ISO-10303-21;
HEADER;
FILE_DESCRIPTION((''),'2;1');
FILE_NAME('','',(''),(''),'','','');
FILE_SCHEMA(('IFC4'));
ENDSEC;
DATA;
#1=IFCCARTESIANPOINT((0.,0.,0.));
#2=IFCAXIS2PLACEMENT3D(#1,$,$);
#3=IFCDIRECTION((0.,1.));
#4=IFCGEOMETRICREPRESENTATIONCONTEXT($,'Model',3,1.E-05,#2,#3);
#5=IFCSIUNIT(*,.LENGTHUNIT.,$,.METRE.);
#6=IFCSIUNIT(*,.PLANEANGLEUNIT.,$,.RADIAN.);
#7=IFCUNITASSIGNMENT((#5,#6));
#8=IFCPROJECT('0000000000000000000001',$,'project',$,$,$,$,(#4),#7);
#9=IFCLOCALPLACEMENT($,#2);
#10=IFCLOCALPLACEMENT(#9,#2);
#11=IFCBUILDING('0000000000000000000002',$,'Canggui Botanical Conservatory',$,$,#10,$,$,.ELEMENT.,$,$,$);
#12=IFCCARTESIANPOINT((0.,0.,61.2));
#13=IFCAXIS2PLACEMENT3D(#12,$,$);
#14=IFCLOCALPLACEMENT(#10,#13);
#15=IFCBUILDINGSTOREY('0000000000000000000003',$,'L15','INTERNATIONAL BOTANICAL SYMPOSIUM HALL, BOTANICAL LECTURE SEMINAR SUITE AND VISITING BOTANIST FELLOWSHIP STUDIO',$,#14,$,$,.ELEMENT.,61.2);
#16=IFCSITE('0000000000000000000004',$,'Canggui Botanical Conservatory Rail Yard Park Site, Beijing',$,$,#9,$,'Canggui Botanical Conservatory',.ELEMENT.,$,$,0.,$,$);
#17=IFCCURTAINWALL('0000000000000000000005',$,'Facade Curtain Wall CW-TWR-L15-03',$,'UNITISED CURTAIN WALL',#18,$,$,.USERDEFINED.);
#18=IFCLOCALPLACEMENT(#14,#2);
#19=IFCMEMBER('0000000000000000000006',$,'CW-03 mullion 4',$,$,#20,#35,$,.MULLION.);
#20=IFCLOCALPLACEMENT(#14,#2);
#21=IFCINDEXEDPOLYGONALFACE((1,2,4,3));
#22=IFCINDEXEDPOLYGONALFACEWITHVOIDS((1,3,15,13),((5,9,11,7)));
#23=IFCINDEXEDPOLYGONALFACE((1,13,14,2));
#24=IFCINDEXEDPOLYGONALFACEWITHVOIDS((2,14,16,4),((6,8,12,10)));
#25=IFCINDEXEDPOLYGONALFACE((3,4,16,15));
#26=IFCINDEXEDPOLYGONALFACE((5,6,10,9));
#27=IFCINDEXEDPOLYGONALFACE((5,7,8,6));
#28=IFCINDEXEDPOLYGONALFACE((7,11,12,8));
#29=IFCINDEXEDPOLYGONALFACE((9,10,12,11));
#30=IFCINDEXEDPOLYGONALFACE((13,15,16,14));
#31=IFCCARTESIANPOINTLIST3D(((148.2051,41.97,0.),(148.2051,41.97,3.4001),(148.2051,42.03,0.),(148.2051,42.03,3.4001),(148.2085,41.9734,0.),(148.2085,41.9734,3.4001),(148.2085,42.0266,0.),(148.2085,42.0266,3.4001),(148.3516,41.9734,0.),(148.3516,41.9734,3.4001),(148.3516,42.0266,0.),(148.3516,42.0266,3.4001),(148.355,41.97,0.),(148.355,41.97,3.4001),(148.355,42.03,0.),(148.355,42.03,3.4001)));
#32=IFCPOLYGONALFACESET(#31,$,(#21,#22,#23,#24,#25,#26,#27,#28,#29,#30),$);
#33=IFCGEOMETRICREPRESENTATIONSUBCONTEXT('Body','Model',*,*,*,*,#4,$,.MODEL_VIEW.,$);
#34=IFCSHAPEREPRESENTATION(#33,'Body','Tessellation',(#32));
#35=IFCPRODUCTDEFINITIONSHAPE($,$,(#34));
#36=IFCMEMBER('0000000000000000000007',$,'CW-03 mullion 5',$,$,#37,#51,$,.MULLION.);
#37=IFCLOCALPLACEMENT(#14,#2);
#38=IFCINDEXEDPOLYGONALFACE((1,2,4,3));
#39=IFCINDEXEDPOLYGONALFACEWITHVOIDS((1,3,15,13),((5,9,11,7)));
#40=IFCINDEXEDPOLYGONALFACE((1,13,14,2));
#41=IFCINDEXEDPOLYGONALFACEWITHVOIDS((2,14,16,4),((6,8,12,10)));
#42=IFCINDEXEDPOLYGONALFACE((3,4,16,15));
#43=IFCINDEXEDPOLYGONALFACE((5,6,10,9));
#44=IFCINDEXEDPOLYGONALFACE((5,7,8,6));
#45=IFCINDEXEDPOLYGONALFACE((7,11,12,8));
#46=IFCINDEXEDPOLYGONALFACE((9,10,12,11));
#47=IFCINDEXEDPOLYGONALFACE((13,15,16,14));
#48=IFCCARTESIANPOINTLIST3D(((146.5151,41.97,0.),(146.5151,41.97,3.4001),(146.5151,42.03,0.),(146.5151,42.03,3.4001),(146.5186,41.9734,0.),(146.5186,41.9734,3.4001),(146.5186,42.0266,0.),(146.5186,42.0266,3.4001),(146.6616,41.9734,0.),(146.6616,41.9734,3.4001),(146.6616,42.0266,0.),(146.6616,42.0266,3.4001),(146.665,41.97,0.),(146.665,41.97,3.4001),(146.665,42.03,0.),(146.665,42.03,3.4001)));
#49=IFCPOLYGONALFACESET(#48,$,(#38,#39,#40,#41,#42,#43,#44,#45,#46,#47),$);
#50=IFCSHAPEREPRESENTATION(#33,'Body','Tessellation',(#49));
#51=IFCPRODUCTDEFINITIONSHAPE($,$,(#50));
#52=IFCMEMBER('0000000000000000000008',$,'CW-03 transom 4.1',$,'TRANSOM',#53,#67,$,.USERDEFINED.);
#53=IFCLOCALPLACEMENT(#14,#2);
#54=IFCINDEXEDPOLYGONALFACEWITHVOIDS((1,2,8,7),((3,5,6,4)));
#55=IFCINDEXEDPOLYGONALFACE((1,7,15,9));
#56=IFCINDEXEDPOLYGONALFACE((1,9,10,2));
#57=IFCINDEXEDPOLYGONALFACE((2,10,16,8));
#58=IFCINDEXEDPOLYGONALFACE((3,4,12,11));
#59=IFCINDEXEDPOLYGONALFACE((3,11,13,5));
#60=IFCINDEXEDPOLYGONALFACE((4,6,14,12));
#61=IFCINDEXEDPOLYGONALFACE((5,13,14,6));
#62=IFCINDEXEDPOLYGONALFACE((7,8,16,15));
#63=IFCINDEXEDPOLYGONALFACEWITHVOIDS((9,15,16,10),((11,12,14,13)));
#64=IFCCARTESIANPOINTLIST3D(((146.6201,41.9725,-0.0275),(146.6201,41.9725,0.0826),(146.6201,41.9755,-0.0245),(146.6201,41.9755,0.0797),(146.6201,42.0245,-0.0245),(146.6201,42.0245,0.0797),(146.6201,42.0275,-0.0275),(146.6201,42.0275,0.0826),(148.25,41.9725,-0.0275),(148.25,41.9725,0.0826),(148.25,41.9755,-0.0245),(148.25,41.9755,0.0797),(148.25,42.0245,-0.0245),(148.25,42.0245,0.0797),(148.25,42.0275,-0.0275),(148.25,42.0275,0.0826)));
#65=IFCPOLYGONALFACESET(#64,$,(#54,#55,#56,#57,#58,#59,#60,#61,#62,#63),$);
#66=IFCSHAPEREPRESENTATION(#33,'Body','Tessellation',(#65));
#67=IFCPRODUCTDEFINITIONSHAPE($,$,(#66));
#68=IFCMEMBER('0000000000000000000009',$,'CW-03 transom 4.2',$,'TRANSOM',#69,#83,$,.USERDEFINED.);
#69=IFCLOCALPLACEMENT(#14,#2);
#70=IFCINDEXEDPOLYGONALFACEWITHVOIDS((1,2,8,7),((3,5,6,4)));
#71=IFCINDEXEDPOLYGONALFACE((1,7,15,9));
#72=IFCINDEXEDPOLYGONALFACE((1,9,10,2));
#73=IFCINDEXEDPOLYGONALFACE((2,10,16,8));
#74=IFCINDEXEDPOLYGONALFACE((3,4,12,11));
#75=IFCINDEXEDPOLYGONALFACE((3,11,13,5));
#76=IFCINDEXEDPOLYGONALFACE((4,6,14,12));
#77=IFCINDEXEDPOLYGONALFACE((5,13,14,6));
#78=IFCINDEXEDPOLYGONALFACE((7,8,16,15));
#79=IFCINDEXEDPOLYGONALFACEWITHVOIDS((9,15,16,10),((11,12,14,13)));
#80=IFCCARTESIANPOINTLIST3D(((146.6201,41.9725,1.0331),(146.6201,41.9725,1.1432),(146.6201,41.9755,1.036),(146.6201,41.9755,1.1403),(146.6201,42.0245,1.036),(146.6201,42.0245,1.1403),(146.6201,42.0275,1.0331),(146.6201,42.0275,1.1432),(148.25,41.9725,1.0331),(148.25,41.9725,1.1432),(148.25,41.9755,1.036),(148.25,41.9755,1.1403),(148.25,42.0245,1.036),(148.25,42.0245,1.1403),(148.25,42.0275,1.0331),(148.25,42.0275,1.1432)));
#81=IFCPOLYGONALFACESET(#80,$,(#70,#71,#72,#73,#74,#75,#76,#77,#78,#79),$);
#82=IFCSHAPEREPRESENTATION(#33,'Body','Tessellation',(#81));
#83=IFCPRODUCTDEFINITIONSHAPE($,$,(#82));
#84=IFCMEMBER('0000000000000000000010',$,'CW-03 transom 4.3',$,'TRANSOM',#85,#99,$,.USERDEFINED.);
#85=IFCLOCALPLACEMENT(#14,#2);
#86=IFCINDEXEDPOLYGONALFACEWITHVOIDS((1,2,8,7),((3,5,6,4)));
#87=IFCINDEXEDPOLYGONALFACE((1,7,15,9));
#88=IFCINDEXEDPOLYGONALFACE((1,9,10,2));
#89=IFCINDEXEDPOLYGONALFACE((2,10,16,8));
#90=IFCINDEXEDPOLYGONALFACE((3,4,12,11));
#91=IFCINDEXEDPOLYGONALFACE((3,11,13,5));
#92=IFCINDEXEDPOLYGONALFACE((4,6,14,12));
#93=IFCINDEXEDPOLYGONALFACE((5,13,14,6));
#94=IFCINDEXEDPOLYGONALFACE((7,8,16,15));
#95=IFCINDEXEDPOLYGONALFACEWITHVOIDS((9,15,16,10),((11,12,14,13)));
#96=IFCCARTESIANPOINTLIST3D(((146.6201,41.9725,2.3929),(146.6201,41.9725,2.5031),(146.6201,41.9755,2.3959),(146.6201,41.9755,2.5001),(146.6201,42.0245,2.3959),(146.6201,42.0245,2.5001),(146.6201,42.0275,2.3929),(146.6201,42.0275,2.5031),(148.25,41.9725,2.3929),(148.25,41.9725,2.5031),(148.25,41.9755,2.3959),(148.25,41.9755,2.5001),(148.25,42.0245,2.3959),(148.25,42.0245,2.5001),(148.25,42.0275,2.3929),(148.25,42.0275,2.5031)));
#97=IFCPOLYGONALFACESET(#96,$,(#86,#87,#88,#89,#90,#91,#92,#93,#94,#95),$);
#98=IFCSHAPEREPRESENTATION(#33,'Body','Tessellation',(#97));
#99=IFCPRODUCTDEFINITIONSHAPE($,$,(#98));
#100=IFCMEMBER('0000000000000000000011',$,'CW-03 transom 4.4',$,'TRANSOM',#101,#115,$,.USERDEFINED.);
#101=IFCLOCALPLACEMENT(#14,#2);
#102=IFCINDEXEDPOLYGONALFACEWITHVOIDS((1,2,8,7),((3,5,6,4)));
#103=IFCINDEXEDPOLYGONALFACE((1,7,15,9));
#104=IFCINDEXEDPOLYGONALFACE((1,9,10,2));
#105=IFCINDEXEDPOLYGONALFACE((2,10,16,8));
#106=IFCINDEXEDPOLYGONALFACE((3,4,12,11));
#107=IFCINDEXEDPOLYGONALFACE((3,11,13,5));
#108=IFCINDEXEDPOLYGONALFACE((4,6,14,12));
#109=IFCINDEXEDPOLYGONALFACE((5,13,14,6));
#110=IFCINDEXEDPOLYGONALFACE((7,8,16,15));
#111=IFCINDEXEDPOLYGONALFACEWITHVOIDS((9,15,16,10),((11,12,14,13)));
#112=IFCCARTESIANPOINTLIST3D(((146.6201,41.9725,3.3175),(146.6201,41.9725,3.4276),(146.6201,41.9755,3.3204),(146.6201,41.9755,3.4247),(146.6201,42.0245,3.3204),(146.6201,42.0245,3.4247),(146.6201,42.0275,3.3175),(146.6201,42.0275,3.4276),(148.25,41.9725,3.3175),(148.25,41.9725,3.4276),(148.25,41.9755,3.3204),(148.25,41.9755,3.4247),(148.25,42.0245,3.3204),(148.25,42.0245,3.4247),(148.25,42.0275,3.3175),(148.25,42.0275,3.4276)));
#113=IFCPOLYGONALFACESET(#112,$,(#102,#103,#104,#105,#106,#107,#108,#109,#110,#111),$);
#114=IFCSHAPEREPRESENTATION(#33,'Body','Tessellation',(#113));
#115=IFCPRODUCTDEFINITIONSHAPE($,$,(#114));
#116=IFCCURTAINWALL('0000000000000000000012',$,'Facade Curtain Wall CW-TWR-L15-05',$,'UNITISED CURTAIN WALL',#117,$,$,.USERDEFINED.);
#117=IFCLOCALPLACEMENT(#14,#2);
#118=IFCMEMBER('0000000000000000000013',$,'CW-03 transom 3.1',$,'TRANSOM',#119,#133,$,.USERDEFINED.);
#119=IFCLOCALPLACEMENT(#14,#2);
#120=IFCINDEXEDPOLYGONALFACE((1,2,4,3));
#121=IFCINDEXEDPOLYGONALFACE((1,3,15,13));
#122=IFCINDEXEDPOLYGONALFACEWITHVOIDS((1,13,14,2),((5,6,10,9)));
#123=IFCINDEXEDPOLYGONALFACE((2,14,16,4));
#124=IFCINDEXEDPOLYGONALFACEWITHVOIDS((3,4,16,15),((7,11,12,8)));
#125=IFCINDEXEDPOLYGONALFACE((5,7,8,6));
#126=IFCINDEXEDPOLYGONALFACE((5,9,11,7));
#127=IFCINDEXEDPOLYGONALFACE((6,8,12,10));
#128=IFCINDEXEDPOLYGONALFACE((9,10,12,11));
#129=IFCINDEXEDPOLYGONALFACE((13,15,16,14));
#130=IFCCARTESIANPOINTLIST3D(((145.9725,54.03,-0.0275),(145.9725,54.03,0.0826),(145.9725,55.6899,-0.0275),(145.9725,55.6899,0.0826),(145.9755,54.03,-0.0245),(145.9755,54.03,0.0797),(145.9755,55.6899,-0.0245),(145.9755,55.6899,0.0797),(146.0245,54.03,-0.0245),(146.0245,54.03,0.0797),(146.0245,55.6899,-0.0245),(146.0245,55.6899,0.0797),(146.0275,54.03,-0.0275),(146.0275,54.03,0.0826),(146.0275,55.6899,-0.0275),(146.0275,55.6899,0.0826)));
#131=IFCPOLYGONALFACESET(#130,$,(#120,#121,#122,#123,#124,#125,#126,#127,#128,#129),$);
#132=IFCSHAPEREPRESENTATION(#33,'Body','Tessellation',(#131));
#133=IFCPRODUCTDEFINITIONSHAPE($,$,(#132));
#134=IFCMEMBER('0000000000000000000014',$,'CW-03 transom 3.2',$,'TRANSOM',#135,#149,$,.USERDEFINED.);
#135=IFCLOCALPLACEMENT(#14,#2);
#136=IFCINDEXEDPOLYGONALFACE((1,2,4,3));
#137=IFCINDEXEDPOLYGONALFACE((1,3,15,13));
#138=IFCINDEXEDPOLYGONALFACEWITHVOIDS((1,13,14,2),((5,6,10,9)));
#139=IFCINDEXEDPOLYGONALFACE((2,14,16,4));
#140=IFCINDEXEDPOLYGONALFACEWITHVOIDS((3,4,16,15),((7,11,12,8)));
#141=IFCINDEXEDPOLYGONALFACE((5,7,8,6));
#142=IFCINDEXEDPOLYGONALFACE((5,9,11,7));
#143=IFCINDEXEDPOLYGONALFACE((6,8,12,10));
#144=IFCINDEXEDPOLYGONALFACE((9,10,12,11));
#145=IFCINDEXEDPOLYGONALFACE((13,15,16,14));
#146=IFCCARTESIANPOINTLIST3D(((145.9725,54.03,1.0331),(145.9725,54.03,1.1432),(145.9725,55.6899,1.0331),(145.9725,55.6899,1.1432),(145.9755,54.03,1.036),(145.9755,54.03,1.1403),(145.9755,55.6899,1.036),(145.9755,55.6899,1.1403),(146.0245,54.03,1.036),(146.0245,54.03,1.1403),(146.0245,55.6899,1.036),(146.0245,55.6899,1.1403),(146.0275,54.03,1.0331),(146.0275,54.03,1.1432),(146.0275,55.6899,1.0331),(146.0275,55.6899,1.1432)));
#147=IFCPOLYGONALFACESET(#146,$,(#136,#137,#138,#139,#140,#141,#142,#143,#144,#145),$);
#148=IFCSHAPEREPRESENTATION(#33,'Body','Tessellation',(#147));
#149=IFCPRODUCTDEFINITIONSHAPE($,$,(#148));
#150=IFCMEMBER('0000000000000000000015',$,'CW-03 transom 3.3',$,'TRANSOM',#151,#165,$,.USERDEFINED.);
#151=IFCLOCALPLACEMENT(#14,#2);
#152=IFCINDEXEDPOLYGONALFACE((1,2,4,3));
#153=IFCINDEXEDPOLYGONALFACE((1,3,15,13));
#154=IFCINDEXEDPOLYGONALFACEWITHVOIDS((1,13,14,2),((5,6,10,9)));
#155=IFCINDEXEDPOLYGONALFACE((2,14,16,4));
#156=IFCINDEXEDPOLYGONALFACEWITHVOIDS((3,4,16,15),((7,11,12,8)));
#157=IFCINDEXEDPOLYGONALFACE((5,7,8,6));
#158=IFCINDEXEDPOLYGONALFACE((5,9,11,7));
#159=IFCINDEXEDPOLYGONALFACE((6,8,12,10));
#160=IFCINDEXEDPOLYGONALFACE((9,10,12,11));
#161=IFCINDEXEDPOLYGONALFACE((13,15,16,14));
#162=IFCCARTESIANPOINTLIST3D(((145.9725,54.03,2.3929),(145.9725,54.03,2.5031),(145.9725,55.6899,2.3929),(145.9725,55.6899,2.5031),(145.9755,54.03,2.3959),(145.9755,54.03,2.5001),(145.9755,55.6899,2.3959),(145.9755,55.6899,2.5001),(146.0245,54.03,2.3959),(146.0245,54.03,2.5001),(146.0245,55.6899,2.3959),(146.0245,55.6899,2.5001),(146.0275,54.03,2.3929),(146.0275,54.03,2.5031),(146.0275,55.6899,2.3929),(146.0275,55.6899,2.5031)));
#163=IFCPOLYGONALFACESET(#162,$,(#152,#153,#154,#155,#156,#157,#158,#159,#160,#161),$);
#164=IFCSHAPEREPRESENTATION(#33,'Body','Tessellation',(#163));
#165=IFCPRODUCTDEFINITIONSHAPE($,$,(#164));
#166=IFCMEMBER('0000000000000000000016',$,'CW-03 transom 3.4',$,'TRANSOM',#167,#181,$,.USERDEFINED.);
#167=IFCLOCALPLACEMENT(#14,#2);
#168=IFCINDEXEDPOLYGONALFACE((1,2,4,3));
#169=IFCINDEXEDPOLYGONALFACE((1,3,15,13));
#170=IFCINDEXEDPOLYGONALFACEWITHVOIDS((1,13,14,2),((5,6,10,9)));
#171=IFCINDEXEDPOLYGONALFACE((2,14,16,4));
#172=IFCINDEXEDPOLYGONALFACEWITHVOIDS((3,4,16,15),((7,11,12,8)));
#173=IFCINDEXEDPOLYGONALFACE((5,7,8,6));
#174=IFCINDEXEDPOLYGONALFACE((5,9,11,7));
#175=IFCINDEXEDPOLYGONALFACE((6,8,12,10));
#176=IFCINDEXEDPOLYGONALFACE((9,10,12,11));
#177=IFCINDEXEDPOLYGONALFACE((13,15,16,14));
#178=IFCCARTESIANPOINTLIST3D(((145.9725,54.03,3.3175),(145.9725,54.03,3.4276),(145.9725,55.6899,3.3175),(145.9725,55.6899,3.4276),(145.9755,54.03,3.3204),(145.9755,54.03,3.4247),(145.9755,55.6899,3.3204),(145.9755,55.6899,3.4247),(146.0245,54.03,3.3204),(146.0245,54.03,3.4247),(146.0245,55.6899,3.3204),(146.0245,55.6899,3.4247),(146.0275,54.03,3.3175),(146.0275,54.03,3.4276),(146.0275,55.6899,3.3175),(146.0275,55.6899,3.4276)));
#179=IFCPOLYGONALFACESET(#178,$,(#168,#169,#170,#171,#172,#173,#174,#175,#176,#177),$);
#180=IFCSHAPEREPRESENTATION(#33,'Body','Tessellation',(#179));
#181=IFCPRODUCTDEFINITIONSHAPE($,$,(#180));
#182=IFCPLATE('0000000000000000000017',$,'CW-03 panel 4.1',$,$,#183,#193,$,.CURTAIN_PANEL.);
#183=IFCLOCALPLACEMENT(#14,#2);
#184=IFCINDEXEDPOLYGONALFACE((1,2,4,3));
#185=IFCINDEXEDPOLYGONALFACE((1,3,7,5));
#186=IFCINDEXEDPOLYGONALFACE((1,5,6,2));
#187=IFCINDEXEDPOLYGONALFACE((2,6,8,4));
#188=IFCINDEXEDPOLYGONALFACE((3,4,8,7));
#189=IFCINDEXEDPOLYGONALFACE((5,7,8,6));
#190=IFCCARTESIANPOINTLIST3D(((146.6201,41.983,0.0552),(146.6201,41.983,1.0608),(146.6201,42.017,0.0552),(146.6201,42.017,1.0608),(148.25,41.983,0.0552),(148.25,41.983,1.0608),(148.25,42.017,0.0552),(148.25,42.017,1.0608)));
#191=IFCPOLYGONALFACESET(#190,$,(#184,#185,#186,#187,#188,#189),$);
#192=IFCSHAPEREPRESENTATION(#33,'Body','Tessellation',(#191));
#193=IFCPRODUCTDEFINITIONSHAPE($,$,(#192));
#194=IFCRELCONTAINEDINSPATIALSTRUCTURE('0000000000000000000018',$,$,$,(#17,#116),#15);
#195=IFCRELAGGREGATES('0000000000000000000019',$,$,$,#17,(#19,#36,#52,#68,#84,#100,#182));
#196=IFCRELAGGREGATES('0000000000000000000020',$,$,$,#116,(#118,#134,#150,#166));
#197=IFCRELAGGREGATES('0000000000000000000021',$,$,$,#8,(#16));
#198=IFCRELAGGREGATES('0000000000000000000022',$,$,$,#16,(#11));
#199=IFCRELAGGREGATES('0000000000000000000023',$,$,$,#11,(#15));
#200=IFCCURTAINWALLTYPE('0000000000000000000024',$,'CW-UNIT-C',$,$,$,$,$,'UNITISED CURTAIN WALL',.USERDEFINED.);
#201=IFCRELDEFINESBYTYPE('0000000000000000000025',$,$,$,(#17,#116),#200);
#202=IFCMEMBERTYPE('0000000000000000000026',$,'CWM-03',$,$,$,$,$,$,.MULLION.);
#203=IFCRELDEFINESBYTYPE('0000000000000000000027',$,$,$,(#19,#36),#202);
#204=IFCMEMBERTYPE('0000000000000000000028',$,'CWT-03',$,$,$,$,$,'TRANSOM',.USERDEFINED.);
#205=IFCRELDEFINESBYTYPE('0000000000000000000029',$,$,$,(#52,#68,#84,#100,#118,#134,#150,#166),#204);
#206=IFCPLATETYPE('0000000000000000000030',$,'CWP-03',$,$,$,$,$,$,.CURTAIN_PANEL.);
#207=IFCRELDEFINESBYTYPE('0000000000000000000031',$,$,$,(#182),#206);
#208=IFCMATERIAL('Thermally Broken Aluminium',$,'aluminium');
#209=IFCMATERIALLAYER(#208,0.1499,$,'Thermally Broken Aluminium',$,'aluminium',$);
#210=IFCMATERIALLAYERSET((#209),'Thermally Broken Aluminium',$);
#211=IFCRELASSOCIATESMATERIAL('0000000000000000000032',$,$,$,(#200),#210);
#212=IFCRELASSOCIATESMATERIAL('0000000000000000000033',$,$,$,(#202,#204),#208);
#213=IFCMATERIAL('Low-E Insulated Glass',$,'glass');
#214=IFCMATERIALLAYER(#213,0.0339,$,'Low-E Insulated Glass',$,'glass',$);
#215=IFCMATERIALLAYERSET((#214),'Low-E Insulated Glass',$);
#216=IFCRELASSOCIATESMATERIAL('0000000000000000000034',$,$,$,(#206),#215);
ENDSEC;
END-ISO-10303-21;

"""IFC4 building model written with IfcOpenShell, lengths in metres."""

from ifc_helpers import new_model, si_unit, direction, frame, origin, origin_2d, place, context, subcontext, project, spatial, rectangle, hollow_rectangle, extrude, material, layer, layer_set, material_profile, profile_set, type_object, element, aggregate, save


model = new_model("IFC4")

# Units and contexts
model_context = context("Model", 3, precision=1e-05, world=origin(), true_north=direction((0.0, 1.0)))
body_context = subcontext(model_context, "Body", "Model", "MODEL_VIEW")
ifc_project = project(units=[si_unit("LENGTHUNIT", "METRE"), si_unit("PLANEANGLEUNIT", "RADIAN")], contexts=[model_context])

# Site, building, storey
site_placement = place(None, origin())
site = spatial("IfcSite", under=ifc_project, at=site_placement, Name="Canggui Botanical Conservatory Rail Yard Park Site, Beijing", LongName="Canggui Botanical Conservatory", CompositionType="ELEMENT", RefElevation=0.0)
building_placement = place(site_placement, origin())
building = spatial("IfcBuilding", under=site, at=building_placement, Name="Canggui Botanical Conservatory", CompositionType="ELEMENT")
storey_placement = place(building_placement, frame((0.0, 0.0, 61.2)))
storey = spatial("IfcBuildingStorey", under=building, at=storey_placement, Name="L15", Description="INTERNATIONAL BOTANICAL SYMPOSIUM HALL, BOTANICAL LECTURE SEMINAR SUITE AND VISITING BOTANIST FELLOWSHIP STUDIO", CompositionType="ELEMENT", Elevation=61.2)

# Curtain walls, members
ifc_material_1 = material(Name="Thermally Broken Aluminium", Category="aluminium")
ifc_layer_1 = layer(ifc_material_1, 0.1499, Name="Thermally Broken Aluminium", Category="aluminium")
ifc_layer_set_1 = layer_set([ifc_layer_1], Name="Thermally Broken Aluminium")
curtain_wall_type = type_object("IfcCurtainWallType", Name="CW-UNIT-C", ElementType="UNITISED CURTAIN WALL", PredefinedType="USERDEFINED", material=ifc_layer_set_1)
curtain_wall_1_placement = place(storey_placement, origin())
curtain_wall_1 = element("IfcCurtainWall", 1, at=curtain_wall_1_placement, inside=storey, type_object=curtain_wall_type, Name="Facade Curtain Wall CW-TWR-L15-03", ObjectType="UNITISED CURTAIN WALL", PredefinedType="USERDEFINED")
ifc_material_profile_1 = material_profile(ifc_material_1, hollow_rectangle(XDim=0.0601, YDim=0.1499, WallThickness=0.0034, at=origin_2d()), Name="CWM 60x150x3.5")
ifc_profile_set_1 = profile_set([ifc_material_profile_1], Name="Thermally Broken Aluminium")
member_type_1 = type_object("IfcMemberType", Name="CWM-03", PredefinedType="MULLION", material=ifc_profile_set_1)
member_1_placement = place(storey_placement, frame((148.28, 42.0, 0.0), z_axis=(0.0, 0.0, 1.0), x_axis=(0.0, -1.0, 0.0)))
member_1 = element("IfcMember", 2, at=member_1_placement, type_object=member_type_1, Name="CW-03 mullion 4", PredefinedType="MULLION", context=body_context, shape_type="SweptSolid", body=[
    extrude(hollow_rectangle(XDim=0.0601, YDim=0.1499, WallThickness=0.0034, at=origin_2d()), origin(), (0.0, 0.0, 1.0), 3.4001),
])
member_2_placement = place(storey_placement, frame((146.5901, 42.0, 0.0), z_axis=(0.0, 0.0, 1.0), x_axis=(0.0, -1.0, 0.0)))
member_2 = element("IfcMember", 3, at=member_2_placement, type_object=member_type_1, Name="CW-03 mullion 5", PredefinedType="MULLION", context=body_context, shape_type="SweptSolid", body=[
    extrude(hollow_rectangle(XDim=0.0601, YDim=0.1499, WallThickness=0.0034, at=origin_2d()), origin(), (0.0, 0.0, 1.0), 3.4001),
])
ifc_material_profile_2 = material_profile(ifc_material_1, hollow_rectangle(XDim=0.0549, YDim=0.1101, WallThickness=0.0029, at=origin_2d()), Name="CWT 55x110x3")
ifc_profile_set_2 = profile_set([ifc_material_profile_2], Name="Thermally Broken Aluminium")
member_type_2 = type_object("IfcMemberType", Name="CWT-03", ElementType="TRANSOM", PredefinedType="USERDEFINED", material=ifc_profile_set_2)
member_3_placement = place(storey_placement, frame((148.25, 42.0, 0.0276), z_axis=(-1.0, 0.0, 0.0), x_axis=(0.0, -1.0, 0.0)))
member_3 = element("IfcMember", 4, at=member_3_placement, type_object=member_type_2, Name="CW-03 transom 4.1", ObjectType="TRANSOM", PredefinedType="USERDEFINED", context=body_context, shape_type="SweptSolid", body=[
    extrude(hollow_rectangle(XDim=0.0549, YDim=0.1101, WallThickness=0.0029, at=origin_2d()), origin(), (0.0, 0.0, 1.0), 1.6299),
])
member_4_placement = place(storey_placement, frame((148.25, 42.0, 1.0881), z_axis=(-1.0, 0.0, 0.0), x_axis=(0.0, -1.0, 0.0)))
member_4 = element("IfcMember", 5, at=member_4_placement, type_object=member_type_2, Name="CW-03 transom 4.2", ObjectType="TRANSOM", PredefinedType="USERDEFINED", context=body_context, shape_type="SweptSolid", body=[
    extrude(hollow_rectangle(XDim=0.0549, YDim=0.1101, WallThickness=0.0029, at=origin_2d()), origin(), (0.0, 0.0, 1.0), 1.6299),
])
member_5_placement = place(storey_placement, frame((148.25, 42.0, 2.448), z_axis=(-1.0, 0.0, 0.0), x_axis=(0.0, -1.0, 0.0)))
member_5 = element("IfcMember", 6, at=member_5_placement, type_object=member_type_2, Name="CW-03 transom 4.3", ObjectType="TRANSOM", PredefinedType="USERDEFINED", context=body_context, shape_type="SweptSolid", body=[
    extrude(hollow_rectangle(XDim=0.0549, YDim=0.1101, WallThickness=0.0029, at=origin_2d()), origin(), (0.0, 0.0, 1.0), 1.6299),
])
member_6_placement = place(storey_placement, frame((148.25, 42.0, 3.3726), z_axis=(-1.0, 0.0, 0.0), x_axis=(0.0, -1.0, 0.0)))
member_6 = element("IfcMember", 7, at=member_6_placement, type_object=member_type_2, Name="CW-03 transom 4.4", ObjectType="TRANSOM", PredefinedType="USERDEFINED", context=body_context, shape_type="SweptSolid", body=[
    extrude(hollow_rectangle(XDim=0.0549, YDim=0.1101, WallThickness=0.0029, at=origin_2d()), origin(), (0.0, 0.0, 1.0), 1.6299),
])
curtain_wall_2_placement = place(storey_placement, origin())
curtain_wall_2 = element("IfcCurtainWall", 8, at=curtain_wall_2_placement, inside=storey, type_object=curtain_wall_type, Name="Facade Curtain Wall CW-TWR-L15-05", ObjectType="UNITISED CURTAIN WALL", PredefinedType="USERDEFINED")
member_7_placement = place(storey_placement, frame((146.0, 54.03, 0.0276), z_axis=(0.0, 1.0, 0.0), x_axis=(-1.0, 0.0, 0.0)))
member_7 = element("IfcMember", 9, at=member_7_placement, type_object=member_type_2, Name="CW-03 transom 3.1", ObjectType="TRANSOM", PredefinedType="USERDEFINED", context=body_context, shape_type="SweptSolid", body=[
    extrude(hollow_rectangle(XDim=0.0549, YDim=0.1101, WallThickness=0.0029, at=origin_2d()), origin(), (0.0, 0.0, 1.0), 1.6599),
])
member_8_placement = place(storey_placement, frame((146.0, 54.03, 1.0881), z_axis=(0.0, 1.0, 0.0), x_axis=(-1.0, 0.0, 0.0)))
member_8 = element("IfcMember", 10, at=member_8_placement, type_object=member_type_2, Name="CW-03 transom 3.2", ObjectType="TRANSOM", PredefinedType="USERDEFINED", context=body_context, shape_type="SweptSolid", body=[
    extrude(hollow_rectangle(XDim=0.0549, YDim=0.1101, WallThickness=0.0029, at=origin_2d()), origin(), (0.0, 0.0, 1.0), 1.6599),
])
member_9_placement = place(storey_placement, frame((146.0, 54.03, 2.448), z_axis=(0.0, 1.0, 0.0), x_axis=(-1.0, 0.0, 0.0)))
member_9 = element("IfcMember", 11, at=member_9_placement, type_object=member_type_2, Name="CW-03 transom 3.3", ObjectType="TRANSOM", PredefinedType="USERDEFINED", context=body_context, shape_type="SweptSolid", body=[
    extrude(hollow_rectangle(XDim=0.0549, YDim=0.1101, WallThickness=0.0029, at=origin_2d()), origin(), (0.0, 0.0, 1.0), 1.6599),
])
member_10_placement = place(storey_placement, frame((146.0, 54.03, 3.3726), z_axis=(0.0, 1.0, 0.0), x_axis=(-1.0, 0.0, 0.0)))
member_10 = element("IfcMember", 12, at=member_10_placement, type_object=member_type_2, Name="CW-03 transom 3.4", ObjectType="TRANSOM", PredefinedType="USERDEFINED", context=body_context, shape_type="SweptSolid", body=[
    extrude(hollow_rectangle(XDim=0.0549, YDim=0.1101, WallThickness=0.0029, at=origin_2d()), origin(), (0.0, 0.0, 1.0), 1.6599),
])

# Plate
ifc_material_2 = material(Name="Low-E Insulated Glass", Category="glass")
ifc_layer_2 = layer(ifc_material_2, 0.0339, Name="Low-E Insulated Glass", Category="glass")
ifc_layer_set_2 = layer_set([ifc_layer_2], Name="Low-E Insulated Glass")
plate_type = type_object("IfcPlateType", Name="CWP-03", PredefinedType="CURTAIN_PANEL", material=ifc_layer_set_2)
plate_1_placement = place(storey_placement, frame((147.4351, 42.0, 0.0552), z_axis=(0.0, 0.0, 1.0), x_axis=(-1.0, 0.0, 0.0)))
plate_1 = element("IfcPlate", 13, at=plate_1_placement, type_object=plate_type, Name="CW-03 panel 4.1", PredefinedType="CURTAIN_PANEL", context=body_context, shape_type="SweptSolid", body=[
    extrude(rectangle(XDim=1.6299, YDim=0.0339, at=origin_2d()), origin(), (0.0, 0.0, 1.0), 1.0056),
])
aggregate(curtain_wall_1, [member_1, member_2, member_3, member_4, member_5, member_6, plate_1])
aggregate(curtain_wall_2, [member_7, member_8, member_9, member_10])

save(model, "model.ifc")
